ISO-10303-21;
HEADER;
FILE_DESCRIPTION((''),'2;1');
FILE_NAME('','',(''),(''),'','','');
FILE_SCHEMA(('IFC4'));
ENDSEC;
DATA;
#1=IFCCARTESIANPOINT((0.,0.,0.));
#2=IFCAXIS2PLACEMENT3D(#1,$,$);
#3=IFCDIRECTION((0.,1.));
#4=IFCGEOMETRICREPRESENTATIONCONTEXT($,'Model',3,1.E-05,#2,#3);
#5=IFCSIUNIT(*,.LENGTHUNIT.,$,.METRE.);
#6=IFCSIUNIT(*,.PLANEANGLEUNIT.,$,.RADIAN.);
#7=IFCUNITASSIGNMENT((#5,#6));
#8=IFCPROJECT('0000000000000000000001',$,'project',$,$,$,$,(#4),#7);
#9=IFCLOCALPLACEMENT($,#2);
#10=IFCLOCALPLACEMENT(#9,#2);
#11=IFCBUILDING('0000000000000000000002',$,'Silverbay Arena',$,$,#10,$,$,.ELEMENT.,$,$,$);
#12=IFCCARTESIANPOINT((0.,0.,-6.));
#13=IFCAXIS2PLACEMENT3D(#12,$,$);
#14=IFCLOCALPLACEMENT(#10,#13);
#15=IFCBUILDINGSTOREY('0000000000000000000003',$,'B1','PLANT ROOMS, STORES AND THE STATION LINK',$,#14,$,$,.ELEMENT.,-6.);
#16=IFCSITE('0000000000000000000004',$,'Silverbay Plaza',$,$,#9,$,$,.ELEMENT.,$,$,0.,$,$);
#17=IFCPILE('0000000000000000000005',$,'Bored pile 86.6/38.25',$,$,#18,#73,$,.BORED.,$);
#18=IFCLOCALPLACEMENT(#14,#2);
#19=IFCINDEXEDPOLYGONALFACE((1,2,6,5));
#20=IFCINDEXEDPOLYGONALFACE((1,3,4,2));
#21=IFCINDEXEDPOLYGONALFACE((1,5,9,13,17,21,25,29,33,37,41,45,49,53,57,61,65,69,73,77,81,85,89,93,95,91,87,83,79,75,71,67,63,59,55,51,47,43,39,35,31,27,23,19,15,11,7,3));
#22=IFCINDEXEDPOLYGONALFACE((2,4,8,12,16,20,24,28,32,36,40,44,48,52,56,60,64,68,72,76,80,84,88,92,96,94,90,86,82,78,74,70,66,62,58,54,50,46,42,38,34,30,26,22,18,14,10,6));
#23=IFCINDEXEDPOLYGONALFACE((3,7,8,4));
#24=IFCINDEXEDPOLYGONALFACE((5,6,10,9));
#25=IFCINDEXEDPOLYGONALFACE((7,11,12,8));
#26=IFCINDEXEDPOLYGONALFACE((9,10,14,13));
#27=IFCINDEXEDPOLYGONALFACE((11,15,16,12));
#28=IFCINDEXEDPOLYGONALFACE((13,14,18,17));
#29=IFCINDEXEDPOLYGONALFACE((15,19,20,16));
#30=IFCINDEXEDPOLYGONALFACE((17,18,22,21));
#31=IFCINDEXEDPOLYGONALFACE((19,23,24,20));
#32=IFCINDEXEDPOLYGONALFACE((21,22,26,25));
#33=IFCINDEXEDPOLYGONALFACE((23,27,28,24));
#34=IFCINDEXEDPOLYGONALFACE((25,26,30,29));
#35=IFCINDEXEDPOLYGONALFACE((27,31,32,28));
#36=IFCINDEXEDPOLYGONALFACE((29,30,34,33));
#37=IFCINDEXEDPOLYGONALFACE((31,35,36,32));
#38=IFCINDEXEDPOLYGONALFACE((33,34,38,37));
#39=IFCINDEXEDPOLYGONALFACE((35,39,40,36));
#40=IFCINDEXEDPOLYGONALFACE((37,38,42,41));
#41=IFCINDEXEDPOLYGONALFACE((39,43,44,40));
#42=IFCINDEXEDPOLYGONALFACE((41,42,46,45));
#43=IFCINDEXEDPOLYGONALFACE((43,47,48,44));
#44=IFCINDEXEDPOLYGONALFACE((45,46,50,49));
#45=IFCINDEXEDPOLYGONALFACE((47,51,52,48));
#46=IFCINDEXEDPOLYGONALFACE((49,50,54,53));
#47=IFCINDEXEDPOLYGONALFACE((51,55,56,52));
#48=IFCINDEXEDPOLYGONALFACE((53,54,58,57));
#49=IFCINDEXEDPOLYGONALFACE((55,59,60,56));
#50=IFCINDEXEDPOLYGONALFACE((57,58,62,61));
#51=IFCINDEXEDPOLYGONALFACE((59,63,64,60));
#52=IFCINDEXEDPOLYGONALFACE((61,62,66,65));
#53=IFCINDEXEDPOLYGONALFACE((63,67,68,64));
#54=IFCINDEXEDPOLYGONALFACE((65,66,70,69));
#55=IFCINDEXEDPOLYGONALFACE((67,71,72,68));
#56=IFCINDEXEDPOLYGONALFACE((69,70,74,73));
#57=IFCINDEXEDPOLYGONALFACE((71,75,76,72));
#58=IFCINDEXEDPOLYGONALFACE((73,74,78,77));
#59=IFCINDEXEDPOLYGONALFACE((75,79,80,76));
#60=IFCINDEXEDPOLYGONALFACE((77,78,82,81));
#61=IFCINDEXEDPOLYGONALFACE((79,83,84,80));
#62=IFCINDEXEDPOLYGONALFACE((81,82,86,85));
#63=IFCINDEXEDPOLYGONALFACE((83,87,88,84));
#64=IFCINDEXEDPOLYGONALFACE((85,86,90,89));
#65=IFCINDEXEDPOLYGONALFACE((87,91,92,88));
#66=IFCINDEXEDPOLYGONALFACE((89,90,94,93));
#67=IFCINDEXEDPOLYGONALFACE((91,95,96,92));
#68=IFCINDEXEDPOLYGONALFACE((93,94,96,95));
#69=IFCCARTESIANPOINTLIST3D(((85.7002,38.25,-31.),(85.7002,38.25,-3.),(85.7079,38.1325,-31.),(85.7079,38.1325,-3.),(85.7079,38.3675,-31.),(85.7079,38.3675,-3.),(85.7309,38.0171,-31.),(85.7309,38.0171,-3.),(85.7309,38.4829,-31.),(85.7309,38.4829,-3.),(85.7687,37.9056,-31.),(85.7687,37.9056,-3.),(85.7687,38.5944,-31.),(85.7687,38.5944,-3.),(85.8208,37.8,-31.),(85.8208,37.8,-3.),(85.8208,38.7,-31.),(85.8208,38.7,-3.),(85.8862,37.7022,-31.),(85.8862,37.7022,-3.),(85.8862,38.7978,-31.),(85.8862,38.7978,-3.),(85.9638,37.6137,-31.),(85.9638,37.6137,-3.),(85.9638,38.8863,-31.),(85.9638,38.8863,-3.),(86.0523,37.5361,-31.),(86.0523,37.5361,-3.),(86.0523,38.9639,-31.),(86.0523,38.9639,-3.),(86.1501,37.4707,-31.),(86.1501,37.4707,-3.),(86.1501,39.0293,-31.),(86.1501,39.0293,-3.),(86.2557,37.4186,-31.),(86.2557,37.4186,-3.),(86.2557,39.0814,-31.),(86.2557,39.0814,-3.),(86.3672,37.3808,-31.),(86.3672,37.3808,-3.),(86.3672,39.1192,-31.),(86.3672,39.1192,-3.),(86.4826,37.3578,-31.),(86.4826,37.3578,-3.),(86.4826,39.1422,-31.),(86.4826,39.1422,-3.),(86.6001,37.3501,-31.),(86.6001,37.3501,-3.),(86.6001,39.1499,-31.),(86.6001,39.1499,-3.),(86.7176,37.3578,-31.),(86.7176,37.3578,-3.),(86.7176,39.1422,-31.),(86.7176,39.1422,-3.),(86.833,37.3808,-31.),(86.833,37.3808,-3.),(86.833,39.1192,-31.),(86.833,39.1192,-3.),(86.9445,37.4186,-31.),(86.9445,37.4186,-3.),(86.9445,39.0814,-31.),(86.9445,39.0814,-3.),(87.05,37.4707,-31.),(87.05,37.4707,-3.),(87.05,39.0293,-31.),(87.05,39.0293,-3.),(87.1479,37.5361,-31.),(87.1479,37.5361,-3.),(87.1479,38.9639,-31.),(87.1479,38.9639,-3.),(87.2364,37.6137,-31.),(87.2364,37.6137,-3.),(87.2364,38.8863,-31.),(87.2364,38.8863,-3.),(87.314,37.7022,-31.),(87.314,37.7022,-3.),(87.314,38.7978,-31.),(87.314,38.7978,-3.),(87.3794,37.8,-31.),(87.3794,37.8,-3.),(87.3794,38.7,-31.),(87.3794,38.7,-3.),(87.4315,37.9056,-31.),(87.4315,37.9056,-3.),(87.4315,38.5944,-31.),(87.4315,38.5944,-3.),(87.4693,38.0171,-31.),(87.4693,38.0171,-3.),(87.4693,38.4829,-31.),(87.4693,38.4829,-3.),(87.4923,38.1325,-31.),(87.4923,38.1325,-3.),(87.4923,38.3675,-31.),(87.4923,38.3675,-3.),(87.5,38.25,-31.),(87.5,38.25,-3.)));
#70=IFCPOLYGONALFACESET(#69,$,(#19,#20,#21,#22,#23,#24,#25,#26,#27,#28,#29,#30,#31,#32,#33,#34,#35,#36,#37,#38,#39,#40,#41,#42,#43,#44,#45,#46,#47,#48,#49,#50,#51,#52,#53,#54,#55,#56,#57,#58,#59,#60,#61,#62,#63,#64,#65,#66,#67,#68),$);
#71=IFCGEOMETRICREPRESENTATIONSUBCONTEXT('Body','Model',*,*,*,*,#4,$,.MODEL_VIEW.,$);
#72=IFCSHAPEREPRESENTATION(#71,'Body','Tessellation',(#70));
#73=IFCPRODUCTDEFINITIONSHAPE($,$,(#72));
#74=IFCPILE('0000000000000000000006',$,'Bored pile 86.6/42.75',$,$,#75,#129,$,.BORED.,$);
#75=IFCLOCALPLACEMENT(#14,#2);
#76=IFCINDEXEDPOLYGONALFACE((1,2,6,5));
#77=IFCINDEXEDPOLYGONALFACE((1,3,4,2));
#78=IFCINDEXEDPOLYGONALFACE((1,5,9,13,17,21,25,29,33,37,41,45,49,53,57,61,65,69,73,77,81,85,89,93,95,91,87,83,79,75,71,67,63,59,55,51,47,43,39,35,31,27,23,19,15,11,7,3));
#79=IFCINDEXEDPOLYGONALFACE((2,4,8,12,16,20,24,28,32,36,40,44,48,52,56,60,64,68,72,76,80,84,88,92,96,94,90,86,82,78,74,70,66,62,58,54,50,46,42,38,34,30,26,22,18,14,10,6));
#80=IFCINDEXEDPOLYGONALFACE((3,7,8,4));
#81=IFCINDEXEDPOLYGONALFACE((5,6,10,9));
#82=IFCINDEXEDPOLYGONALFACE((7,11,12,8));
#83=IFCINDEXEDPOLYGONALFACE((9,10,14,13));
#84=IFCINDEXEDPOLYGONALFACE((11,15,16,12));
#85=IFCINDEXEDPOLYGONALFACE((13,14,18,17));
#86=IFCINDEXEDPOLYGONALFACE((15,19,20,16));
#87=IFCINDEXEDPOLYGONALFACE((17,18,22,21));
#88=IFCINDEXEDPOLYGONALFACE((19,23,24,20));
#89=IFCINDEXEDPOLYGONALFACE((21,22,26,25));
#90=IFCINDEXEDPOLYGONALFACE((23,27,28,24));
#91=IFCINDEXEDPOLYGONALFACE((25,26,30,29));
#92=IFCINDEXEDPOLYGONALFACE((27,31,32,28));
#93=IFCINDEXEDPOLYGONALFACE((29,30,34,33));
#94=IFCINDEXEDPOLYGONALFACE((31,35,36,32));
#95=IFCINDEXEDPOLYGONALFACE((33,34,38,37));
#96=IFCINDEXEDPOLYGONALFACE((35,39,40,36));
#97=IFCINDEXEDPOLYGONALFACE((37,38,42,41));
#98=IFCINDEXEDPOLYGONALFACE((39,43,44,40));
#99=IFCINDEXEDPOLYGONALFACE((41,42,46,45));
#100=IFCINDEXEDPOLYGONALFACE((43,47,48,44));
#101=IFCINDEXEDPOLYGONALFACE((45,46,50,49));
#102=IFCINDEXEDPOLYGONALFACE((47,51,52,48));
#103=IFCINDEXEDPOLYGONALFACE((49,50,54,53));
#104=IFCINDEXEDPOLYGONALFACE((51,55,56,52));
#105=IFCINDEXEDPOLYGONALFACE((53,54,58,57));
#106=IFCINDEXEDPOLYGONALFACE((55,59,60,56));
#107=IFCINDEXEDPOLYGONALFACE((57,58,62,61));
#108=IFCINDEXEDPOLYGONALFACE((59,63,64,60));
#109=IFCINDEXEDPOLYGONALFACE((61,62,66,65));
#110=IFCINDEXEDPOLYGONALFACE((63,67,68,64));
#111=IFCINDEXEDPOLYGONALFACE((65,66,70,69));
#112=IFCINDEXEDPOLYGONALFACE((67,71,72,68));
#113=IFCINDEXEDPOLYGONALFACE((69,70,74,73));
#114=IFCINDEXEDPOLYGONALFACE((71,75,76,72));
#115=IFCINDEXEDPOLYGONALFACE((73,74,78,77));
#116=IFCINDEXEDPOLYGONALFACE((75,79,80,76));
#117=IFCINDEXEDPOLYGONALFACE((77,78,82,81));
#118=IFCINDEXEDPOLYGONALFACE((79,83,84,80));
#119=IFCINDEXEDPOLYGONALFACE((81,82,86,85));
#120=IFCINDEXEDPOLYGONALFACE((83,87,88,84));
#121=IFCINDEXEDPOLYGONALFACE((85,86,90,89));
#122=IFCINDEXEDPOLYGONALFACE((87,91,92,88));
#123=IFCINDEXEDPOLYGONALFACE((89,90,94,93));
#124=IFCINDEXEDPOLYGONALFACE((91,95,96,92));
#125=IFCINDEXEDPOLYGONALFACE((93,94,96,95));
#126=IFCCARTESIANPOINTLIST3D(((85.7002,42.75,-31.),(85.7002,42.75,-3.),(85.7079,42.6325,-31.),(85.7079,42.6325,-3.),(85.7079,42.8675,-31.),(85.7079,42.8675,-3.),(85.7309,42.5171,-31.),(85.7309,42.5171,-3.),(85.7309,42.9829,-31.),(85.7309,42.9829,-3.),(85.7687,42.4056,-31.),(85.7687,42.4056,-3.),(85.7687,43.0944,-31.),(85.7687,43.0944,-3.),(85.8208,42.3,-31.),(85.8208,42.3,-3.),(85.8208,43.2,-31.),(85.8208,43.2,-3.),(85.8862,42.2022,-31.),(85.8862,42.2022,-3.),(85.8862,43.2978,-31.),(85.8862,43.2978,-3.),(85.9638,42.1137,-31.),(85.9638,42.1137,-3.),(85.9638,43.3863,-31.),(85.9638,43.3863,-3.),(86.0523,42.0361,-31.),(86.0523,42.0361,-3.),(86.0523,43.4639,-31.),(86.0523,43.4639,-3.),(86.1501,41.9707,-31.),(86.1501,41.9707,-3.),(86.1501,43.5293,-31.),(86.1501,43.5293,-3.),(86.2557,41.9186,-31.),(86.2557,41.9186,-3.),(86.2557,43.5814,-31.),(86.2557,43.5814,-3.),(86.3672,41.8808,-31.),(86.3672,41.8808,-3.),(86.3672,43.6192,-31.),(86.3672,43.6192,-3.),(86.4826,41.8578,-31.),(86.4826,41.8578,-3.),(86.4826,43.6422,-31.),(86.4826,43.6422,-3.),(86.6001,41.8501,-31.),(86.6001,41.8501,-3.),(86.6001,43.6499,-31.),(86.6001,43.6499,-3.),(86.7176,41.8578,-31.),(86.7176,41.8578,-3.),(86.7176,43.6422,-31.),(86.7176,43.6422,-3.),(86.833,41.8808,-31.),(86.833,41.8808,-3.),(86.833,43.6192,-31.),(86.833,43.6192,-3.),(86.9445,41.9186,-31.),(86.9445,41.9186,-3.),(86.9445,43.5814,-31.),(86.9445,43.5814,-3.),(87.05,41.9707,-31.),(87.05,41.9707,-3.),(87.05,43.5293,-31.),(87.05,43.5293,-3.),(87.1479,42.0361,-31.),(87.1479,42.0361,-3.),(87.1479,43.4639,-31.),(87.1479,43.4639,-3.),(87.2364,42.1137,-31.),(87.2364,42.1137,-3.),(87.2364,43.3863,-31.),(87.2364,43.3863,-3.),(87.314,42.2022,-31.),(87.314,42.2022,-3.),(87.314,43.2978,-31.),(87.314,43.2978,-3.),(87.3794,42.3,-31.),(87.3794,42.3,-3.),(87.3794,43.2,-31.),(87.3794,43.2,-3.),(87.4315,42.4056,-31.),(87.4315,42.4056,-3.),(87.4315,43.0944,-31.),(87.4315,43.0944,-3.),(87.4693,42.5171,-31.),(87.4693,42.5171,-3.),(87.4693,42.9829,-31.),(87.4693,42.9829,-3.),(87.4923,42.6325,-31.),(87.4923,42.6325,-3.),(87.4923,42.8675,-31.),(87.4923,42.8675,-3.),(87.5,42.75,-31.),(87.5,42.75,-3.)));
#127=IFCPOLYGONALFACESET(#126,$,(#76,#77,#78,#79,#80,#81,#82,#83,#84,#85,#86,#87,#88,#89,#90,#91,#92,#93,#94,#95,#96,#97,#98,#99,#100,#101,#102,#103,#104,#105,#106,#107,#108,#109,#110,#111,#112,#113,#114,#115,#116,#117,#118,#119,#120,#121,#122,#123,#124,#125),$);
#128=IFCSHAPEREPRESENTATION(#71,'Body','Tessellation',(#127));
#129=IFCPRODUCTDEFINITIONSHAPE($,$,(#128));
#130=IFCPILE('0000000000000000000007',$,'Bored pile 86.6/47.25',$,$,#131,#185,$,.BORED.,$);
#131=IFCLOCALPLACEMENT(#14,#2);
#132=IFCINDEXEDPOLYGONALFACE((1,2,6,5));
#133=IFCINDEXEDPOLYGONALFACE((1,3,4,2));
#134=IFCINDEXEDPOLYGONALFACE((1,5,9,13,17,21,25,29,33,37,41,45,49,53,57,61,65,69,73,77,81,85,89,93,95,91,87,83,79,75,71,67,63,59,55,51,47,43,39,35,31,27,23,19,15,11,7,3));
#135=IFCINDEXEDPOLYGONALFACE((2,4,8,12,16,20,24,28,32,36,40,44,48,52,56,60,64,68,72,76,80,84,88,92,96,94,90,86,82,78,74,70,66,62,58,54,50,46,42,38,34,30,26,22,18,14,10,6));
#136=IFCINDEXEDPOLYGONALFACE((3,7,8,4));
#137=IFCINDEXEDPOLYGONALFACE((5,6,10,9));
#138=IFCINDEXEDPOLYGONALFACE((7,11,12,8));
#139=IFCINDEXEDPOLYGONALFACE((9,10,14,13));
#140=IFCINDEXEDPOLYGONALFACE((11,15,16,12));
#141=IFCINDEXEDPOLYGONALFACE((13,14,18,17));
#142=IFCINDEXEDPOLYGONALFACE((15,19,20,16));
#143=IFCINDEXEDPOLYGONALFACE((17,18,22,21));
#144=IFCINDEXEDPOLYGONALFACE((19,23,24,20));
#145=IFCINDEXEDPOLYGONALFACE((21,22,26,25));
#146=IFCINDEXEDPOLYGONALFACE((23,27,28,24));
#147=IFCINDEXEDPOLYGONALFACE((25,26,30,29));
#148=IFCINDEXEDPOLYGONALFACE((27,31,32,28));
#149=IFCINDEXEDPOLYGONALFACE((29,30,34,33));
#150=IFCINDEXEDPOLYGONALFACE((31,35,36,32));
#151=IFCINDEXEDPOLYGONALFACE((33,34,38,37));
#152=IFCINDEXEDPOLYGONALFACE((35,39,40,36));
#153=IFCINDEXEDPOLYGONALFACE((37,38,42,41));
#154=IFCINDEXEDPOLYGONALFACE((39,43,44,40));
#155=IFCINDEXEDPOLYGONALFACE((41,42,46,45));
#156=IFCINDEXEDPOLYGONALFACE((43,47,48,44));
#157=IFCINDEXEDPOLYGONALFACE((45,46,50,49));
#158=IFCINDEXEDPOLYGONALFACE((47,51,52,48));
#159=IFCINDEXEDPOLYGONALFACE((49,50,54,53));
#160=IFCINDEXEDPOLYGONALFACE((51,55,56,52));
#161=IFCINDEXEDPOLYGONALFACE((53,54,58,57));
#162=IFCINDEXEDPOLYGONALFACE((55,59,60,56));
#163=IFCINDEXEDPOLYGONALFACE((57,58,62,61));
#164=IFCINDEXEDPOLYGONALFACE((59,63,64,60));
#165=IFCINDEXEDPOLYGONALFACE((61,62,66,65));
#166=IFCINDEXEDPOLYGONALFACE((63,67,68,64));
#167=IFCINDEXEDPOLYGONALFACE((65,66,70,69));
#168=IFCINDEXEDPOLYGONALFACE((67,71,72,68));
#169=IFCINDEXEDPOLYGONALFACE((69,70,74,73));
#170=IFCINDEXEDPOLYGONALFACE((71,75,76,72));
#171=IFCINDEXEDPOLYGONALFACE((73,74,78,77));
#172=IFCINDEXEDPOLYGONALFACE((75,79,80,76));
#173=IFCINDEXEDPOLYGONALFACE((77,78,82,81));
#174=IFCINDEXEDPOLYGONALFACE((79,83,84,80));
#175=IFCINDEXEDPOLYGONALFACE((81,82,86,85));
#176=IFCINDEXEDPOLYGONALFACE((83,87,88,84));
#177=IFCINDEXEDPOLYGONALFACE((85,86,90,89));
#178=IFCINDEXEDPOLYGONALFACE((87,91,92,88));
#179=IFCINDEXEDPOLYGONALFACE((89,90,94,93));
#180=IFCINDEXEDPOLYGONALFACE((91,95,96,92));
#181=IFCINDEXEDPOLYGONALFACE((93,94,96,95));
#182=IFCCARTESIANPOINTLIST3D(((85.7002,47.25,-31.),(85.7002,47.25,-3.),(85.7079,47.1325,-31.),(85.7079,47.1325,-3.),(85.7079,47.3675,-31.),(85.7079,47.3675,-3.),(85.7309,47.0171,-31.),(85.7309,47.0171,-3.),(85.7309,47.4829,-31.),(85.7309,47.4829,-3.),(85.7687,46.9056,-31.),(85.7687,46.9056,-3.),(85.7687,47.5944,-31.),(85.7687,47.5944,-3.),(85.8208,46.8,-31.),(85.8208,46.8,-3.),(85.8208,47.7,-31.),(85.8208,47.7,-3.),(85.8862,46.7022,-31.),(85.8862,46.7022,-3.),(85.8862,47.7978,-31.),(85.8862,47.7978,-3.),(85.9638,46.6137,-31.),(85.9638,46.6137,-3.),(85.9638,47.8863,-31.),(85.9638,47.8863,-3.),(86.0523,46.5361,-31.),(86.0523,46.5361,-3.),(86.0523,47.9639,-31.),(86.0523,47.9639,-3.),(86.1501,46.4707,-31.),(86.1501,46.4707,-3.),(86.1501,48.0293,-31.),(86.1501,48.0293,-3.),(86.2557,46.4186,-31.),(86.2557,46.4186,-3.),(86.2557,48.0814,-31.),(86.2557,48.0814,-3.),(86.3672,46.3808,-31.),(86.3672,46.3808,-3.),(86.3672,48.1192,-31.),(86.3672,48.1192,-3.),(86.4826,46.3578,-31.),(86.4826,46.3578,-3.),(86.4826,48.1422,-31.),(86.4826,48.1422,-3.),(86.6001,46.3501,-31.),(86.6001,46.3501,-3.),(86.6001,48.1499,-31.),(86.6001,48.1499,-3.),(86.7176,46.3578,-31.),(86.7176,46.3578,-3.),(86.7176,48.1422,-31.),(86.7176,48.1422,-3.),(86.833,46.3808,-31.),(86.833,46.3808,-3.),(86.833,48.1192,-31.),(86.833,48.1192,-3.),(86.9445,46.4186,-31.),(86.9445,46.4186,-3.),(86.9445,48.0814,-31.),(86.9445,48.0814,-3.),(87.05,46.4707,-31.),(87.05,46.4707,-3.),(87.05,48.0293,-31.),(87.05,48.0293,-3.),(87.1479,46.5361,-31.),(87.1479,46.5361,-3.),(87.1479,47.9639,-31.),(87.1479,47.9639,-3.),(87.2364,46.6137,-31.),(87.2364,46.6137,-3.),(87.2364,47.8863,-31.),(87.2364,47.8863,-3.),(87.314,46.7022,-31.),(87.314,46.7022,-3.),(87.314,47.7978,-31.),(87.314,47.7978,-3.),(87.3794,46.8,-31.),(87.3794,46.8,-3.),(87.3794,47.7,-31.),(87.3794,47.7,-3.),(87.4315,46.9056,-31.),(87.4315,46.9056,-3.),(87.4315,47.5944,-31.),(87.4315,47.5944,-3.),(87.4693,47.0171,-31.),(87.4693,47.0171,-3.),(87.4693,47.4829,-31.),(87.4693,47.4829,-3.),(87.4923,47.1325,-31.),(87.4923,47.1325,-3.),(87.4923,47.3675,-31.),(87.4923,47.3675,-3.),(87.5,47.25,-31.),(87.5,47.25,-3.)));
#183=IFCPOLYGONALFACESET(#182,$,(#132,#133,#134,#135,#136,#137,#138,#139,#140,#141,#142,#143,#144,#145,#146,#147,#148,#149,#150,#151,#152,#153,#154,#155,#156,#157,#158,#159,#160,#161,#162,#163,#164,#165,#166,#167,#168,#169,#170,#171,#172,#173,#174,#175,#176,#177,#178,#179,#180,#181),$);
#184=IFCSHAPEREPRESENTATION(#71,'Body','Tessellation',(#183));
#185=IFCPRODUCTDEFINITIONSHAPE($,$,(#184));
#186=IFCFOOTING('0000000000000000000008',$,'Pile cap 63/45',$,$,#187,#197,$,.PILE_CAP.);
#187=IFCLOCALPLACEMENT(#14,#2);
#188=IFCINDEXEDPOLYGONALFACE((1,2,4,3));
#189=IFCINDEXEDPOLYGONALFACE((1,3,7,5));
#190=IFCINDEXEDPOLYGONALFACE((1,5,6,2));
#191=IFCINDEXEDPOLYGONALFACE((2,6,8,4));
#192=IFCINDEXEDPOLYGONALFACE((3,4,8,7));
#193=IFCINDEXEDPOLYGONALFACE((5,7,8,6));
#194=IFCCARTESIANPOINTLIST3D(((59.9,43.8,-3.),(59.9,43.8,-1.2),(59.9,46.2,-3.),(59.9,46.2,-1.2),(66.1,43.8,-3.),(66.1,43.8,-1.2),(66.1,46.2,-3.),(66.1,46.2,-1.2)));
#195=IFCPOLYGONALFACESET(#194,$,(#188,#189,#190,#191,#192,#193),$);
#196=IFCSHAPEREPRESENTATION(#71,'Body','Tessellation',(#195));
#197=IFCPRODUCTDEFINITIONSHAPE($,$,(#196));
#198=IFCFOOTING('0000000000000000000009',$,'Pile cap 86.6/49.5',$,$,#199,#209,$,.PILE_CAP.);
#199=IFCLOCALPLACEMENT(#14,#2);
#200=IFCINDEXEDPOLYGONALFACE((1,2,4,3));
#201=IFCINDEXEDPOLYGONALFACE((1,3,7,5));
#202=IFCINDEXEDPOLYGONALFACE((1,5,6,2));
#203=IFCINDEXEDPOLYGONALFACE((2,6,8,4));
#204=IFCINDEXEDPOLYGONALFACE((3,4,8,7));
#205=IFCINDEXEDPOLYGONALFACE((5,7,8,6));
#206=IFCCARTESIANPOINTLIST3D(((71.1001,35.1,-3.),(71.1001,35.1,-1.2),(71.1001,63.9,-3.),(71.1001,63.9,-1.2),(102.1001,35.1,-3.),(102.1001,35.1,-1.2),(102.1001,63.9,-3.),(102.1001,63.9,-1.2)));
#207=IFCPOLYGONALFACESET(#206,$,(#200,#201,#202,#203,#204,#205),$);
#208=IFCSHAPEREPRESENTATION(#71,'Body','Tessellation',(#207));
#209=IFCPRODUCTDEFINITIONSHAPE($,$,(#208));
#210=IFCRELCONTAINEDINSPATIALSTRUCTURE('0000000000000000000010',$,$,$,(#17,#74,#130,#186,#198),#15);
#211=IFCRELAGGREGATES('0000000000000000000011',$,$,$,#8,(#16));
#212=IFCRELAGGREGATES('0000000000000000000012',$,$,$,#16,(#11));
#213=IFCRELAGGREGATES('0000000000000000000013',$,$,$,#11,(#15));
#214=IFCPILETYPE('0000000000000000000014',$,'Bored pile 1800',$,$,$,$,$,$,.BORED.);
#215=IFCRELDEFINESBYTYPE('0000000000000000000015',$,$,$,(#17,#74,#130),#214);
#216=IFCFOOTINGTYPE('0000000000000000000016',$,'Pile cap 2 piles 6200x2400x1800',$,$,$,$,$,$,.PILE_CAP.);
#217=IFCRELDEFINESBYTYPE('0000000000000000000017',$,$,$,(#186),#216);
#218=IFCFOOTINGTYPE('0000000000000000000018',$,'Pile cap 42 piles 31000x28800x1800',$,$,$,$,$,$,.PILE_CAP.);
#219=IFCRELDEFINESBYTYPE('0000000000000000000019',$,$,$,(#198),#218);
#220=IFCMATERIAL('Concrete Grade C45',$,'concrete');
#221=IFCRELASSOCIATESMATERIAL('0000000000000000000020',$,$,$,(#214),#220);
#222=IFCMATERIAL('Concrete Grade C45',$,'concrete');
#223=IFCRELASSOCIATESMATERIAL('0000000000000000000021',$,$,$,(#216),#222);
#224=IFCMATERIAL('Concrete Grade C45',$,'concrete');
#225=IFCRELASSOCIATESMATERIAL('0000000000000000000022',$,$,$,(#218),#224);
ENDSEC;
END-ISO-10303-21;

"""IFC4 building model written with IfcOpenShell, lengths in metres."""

from ifc_helpers import new_model, si_unit, direction, frame, origin, origin_2d, place, context, subcontext, project, spatial, rectangle, circle, extrude, material, material_profile, profile_set, type_object, element, save


model = new_model("IFC4")

# Units and contexts
model_context = context("Model", 3, precision=1e-05, world=origin(), true_north=direction((0.0, 1.0)))
body_context = subcontext(model_context, "Body", "Model", "MODEL_VIEW")
ifc_project = project(units=[si_unit("LENGTHUNIT", "METRE"), si_unit("PLANEANGLEUNIT", "RADIAN")], contexts=[model_context])

# Site, building, storey
site_placement = place(None, origin())
site = spatial("IfcSite", under=ifc_project, at=site_placement, Name="Silverbay Plaza", CompositionType="ELEMENT", RefElevation=0.0)
building_placement = place(site_placement, origin())
building = spatial("IfcBuilding", under=site, at=building_placement, Name="Silverbay Arena", CompositionType="ELEMENT")
storey_placement = place(building_placement, frame((0.0, 0.0, -6.0)))
storey = spatial("IfcBuildingStorey", under=building, at=storey_placement, Name="B1", Description="PLANT ROOMS, STORES AND THE STATION LINK", CompositionType="ELEMENT", Elevation=-6.0)

# Piles
ifc_material_1 = material(Name="Concrete Grade C45", Category="concrete")
ifc_material_profile_1 = material_profile(ifc_material_1, circle(Radius=0.8999, at=origin_2d()), Name="Bored pile 1800")
ifc_profile_set_1 = profile_set([ifc_material_profile_1], Name="Concrete Grade C45")
pile_type_1 = type_object("IfcPileType", Name="Bored pile 1800", PredefinedType="BORED", material=ifc_profile_set_1)
for number, where, z_axis, x_axis, name in (
    (1, (86.6001, 38.25, -3.0), (0.0, 0.0, -1.0), (1.0, 0.0, 0.0), "Bored pile 86.6/38.25"),
    (2, (86.6001, 42.75, -3.0), (0.0, 0.0, -1.0), (1.0, 0.0, 0.0), "Bored pile 86.6/42.75"),
    (3, (86.6001, 47.25, -3.0), (0.0, 0.0, -1.0), (1.0, 0.0, 0.0), "Bored pile 86.6/47.25"),
):
    element("IfcPile", number, at=place(storey_placement, frame(where, z_axis=z_axis, x_axis=x_axis)), inside=storey, type_object=pile_type_1, Name=name, PredefinedType="BORED", context=body_context, shape_type="SweptSolid", body=[
        extrude(circle(Radius=0.8999, at=origin_2d()), origin(), (0.0, 0.0, 1.0), 28.0),
    ])

# Footings
ifc_material_2 = material(Name="Concrete Grade C45", Category="concrete")
footing_type_1 = type_object("IfcFootingType", Name="Pile cap 2 piles 6200x2400x1800", PredefinedType="PILE_CAP", material=ifc_material_2)
footing_1_placement = place(storey_placement, frame((63.0, 45.0, -3.0), z_axis=(0.0, 0.0, 1.0), x_axis=(1.0, 0.0, 0.0)))
element("IfcFooting", 4, at=footing_1_placement, inside=storey, type_object=footing_type_1, Name="Pile cap 63/45", PredefinedType="PILE_CAP", context=body_context, shape_type="SweptSolid", body=[
    extrude(rectangle(XDim=6.2, YDim=2.3999, at=origin_2d()), origin(), (0.0, 0.0, 1.0), 1.8),
])
ifc_material_3 = material(Name="Concrete Grade C45", Category="concrete")
footing_type_2 = type_object("IfcFootingType", Name="Pile cap 42 piles 31000x28800x1800", PredefinedType="PILE_CAP", material=ifc_material_3)
footing_2_placement = place(storey_placement, frame((86.6001, 49.5, -3.0), z_axis=(0.0, 0.0, 1.0), x_axis=(1.0, 0.0, 0.0)))
element("IfcFooting", 5, at=footing_2_placement, inside=storey, type_object=footing_type_2, Name="Pile cap 86.6/49.5", PredefinedType="PILE_CAP", context=body_context, shape_type="SweptSolid", body=[
    extrude(rectangle(XDim=31.0, YDim=28.8, at=origin_2d()), origin(), (0.0, 0.0, 1.0), 1.8),
])

save(model, "model.ifc")
